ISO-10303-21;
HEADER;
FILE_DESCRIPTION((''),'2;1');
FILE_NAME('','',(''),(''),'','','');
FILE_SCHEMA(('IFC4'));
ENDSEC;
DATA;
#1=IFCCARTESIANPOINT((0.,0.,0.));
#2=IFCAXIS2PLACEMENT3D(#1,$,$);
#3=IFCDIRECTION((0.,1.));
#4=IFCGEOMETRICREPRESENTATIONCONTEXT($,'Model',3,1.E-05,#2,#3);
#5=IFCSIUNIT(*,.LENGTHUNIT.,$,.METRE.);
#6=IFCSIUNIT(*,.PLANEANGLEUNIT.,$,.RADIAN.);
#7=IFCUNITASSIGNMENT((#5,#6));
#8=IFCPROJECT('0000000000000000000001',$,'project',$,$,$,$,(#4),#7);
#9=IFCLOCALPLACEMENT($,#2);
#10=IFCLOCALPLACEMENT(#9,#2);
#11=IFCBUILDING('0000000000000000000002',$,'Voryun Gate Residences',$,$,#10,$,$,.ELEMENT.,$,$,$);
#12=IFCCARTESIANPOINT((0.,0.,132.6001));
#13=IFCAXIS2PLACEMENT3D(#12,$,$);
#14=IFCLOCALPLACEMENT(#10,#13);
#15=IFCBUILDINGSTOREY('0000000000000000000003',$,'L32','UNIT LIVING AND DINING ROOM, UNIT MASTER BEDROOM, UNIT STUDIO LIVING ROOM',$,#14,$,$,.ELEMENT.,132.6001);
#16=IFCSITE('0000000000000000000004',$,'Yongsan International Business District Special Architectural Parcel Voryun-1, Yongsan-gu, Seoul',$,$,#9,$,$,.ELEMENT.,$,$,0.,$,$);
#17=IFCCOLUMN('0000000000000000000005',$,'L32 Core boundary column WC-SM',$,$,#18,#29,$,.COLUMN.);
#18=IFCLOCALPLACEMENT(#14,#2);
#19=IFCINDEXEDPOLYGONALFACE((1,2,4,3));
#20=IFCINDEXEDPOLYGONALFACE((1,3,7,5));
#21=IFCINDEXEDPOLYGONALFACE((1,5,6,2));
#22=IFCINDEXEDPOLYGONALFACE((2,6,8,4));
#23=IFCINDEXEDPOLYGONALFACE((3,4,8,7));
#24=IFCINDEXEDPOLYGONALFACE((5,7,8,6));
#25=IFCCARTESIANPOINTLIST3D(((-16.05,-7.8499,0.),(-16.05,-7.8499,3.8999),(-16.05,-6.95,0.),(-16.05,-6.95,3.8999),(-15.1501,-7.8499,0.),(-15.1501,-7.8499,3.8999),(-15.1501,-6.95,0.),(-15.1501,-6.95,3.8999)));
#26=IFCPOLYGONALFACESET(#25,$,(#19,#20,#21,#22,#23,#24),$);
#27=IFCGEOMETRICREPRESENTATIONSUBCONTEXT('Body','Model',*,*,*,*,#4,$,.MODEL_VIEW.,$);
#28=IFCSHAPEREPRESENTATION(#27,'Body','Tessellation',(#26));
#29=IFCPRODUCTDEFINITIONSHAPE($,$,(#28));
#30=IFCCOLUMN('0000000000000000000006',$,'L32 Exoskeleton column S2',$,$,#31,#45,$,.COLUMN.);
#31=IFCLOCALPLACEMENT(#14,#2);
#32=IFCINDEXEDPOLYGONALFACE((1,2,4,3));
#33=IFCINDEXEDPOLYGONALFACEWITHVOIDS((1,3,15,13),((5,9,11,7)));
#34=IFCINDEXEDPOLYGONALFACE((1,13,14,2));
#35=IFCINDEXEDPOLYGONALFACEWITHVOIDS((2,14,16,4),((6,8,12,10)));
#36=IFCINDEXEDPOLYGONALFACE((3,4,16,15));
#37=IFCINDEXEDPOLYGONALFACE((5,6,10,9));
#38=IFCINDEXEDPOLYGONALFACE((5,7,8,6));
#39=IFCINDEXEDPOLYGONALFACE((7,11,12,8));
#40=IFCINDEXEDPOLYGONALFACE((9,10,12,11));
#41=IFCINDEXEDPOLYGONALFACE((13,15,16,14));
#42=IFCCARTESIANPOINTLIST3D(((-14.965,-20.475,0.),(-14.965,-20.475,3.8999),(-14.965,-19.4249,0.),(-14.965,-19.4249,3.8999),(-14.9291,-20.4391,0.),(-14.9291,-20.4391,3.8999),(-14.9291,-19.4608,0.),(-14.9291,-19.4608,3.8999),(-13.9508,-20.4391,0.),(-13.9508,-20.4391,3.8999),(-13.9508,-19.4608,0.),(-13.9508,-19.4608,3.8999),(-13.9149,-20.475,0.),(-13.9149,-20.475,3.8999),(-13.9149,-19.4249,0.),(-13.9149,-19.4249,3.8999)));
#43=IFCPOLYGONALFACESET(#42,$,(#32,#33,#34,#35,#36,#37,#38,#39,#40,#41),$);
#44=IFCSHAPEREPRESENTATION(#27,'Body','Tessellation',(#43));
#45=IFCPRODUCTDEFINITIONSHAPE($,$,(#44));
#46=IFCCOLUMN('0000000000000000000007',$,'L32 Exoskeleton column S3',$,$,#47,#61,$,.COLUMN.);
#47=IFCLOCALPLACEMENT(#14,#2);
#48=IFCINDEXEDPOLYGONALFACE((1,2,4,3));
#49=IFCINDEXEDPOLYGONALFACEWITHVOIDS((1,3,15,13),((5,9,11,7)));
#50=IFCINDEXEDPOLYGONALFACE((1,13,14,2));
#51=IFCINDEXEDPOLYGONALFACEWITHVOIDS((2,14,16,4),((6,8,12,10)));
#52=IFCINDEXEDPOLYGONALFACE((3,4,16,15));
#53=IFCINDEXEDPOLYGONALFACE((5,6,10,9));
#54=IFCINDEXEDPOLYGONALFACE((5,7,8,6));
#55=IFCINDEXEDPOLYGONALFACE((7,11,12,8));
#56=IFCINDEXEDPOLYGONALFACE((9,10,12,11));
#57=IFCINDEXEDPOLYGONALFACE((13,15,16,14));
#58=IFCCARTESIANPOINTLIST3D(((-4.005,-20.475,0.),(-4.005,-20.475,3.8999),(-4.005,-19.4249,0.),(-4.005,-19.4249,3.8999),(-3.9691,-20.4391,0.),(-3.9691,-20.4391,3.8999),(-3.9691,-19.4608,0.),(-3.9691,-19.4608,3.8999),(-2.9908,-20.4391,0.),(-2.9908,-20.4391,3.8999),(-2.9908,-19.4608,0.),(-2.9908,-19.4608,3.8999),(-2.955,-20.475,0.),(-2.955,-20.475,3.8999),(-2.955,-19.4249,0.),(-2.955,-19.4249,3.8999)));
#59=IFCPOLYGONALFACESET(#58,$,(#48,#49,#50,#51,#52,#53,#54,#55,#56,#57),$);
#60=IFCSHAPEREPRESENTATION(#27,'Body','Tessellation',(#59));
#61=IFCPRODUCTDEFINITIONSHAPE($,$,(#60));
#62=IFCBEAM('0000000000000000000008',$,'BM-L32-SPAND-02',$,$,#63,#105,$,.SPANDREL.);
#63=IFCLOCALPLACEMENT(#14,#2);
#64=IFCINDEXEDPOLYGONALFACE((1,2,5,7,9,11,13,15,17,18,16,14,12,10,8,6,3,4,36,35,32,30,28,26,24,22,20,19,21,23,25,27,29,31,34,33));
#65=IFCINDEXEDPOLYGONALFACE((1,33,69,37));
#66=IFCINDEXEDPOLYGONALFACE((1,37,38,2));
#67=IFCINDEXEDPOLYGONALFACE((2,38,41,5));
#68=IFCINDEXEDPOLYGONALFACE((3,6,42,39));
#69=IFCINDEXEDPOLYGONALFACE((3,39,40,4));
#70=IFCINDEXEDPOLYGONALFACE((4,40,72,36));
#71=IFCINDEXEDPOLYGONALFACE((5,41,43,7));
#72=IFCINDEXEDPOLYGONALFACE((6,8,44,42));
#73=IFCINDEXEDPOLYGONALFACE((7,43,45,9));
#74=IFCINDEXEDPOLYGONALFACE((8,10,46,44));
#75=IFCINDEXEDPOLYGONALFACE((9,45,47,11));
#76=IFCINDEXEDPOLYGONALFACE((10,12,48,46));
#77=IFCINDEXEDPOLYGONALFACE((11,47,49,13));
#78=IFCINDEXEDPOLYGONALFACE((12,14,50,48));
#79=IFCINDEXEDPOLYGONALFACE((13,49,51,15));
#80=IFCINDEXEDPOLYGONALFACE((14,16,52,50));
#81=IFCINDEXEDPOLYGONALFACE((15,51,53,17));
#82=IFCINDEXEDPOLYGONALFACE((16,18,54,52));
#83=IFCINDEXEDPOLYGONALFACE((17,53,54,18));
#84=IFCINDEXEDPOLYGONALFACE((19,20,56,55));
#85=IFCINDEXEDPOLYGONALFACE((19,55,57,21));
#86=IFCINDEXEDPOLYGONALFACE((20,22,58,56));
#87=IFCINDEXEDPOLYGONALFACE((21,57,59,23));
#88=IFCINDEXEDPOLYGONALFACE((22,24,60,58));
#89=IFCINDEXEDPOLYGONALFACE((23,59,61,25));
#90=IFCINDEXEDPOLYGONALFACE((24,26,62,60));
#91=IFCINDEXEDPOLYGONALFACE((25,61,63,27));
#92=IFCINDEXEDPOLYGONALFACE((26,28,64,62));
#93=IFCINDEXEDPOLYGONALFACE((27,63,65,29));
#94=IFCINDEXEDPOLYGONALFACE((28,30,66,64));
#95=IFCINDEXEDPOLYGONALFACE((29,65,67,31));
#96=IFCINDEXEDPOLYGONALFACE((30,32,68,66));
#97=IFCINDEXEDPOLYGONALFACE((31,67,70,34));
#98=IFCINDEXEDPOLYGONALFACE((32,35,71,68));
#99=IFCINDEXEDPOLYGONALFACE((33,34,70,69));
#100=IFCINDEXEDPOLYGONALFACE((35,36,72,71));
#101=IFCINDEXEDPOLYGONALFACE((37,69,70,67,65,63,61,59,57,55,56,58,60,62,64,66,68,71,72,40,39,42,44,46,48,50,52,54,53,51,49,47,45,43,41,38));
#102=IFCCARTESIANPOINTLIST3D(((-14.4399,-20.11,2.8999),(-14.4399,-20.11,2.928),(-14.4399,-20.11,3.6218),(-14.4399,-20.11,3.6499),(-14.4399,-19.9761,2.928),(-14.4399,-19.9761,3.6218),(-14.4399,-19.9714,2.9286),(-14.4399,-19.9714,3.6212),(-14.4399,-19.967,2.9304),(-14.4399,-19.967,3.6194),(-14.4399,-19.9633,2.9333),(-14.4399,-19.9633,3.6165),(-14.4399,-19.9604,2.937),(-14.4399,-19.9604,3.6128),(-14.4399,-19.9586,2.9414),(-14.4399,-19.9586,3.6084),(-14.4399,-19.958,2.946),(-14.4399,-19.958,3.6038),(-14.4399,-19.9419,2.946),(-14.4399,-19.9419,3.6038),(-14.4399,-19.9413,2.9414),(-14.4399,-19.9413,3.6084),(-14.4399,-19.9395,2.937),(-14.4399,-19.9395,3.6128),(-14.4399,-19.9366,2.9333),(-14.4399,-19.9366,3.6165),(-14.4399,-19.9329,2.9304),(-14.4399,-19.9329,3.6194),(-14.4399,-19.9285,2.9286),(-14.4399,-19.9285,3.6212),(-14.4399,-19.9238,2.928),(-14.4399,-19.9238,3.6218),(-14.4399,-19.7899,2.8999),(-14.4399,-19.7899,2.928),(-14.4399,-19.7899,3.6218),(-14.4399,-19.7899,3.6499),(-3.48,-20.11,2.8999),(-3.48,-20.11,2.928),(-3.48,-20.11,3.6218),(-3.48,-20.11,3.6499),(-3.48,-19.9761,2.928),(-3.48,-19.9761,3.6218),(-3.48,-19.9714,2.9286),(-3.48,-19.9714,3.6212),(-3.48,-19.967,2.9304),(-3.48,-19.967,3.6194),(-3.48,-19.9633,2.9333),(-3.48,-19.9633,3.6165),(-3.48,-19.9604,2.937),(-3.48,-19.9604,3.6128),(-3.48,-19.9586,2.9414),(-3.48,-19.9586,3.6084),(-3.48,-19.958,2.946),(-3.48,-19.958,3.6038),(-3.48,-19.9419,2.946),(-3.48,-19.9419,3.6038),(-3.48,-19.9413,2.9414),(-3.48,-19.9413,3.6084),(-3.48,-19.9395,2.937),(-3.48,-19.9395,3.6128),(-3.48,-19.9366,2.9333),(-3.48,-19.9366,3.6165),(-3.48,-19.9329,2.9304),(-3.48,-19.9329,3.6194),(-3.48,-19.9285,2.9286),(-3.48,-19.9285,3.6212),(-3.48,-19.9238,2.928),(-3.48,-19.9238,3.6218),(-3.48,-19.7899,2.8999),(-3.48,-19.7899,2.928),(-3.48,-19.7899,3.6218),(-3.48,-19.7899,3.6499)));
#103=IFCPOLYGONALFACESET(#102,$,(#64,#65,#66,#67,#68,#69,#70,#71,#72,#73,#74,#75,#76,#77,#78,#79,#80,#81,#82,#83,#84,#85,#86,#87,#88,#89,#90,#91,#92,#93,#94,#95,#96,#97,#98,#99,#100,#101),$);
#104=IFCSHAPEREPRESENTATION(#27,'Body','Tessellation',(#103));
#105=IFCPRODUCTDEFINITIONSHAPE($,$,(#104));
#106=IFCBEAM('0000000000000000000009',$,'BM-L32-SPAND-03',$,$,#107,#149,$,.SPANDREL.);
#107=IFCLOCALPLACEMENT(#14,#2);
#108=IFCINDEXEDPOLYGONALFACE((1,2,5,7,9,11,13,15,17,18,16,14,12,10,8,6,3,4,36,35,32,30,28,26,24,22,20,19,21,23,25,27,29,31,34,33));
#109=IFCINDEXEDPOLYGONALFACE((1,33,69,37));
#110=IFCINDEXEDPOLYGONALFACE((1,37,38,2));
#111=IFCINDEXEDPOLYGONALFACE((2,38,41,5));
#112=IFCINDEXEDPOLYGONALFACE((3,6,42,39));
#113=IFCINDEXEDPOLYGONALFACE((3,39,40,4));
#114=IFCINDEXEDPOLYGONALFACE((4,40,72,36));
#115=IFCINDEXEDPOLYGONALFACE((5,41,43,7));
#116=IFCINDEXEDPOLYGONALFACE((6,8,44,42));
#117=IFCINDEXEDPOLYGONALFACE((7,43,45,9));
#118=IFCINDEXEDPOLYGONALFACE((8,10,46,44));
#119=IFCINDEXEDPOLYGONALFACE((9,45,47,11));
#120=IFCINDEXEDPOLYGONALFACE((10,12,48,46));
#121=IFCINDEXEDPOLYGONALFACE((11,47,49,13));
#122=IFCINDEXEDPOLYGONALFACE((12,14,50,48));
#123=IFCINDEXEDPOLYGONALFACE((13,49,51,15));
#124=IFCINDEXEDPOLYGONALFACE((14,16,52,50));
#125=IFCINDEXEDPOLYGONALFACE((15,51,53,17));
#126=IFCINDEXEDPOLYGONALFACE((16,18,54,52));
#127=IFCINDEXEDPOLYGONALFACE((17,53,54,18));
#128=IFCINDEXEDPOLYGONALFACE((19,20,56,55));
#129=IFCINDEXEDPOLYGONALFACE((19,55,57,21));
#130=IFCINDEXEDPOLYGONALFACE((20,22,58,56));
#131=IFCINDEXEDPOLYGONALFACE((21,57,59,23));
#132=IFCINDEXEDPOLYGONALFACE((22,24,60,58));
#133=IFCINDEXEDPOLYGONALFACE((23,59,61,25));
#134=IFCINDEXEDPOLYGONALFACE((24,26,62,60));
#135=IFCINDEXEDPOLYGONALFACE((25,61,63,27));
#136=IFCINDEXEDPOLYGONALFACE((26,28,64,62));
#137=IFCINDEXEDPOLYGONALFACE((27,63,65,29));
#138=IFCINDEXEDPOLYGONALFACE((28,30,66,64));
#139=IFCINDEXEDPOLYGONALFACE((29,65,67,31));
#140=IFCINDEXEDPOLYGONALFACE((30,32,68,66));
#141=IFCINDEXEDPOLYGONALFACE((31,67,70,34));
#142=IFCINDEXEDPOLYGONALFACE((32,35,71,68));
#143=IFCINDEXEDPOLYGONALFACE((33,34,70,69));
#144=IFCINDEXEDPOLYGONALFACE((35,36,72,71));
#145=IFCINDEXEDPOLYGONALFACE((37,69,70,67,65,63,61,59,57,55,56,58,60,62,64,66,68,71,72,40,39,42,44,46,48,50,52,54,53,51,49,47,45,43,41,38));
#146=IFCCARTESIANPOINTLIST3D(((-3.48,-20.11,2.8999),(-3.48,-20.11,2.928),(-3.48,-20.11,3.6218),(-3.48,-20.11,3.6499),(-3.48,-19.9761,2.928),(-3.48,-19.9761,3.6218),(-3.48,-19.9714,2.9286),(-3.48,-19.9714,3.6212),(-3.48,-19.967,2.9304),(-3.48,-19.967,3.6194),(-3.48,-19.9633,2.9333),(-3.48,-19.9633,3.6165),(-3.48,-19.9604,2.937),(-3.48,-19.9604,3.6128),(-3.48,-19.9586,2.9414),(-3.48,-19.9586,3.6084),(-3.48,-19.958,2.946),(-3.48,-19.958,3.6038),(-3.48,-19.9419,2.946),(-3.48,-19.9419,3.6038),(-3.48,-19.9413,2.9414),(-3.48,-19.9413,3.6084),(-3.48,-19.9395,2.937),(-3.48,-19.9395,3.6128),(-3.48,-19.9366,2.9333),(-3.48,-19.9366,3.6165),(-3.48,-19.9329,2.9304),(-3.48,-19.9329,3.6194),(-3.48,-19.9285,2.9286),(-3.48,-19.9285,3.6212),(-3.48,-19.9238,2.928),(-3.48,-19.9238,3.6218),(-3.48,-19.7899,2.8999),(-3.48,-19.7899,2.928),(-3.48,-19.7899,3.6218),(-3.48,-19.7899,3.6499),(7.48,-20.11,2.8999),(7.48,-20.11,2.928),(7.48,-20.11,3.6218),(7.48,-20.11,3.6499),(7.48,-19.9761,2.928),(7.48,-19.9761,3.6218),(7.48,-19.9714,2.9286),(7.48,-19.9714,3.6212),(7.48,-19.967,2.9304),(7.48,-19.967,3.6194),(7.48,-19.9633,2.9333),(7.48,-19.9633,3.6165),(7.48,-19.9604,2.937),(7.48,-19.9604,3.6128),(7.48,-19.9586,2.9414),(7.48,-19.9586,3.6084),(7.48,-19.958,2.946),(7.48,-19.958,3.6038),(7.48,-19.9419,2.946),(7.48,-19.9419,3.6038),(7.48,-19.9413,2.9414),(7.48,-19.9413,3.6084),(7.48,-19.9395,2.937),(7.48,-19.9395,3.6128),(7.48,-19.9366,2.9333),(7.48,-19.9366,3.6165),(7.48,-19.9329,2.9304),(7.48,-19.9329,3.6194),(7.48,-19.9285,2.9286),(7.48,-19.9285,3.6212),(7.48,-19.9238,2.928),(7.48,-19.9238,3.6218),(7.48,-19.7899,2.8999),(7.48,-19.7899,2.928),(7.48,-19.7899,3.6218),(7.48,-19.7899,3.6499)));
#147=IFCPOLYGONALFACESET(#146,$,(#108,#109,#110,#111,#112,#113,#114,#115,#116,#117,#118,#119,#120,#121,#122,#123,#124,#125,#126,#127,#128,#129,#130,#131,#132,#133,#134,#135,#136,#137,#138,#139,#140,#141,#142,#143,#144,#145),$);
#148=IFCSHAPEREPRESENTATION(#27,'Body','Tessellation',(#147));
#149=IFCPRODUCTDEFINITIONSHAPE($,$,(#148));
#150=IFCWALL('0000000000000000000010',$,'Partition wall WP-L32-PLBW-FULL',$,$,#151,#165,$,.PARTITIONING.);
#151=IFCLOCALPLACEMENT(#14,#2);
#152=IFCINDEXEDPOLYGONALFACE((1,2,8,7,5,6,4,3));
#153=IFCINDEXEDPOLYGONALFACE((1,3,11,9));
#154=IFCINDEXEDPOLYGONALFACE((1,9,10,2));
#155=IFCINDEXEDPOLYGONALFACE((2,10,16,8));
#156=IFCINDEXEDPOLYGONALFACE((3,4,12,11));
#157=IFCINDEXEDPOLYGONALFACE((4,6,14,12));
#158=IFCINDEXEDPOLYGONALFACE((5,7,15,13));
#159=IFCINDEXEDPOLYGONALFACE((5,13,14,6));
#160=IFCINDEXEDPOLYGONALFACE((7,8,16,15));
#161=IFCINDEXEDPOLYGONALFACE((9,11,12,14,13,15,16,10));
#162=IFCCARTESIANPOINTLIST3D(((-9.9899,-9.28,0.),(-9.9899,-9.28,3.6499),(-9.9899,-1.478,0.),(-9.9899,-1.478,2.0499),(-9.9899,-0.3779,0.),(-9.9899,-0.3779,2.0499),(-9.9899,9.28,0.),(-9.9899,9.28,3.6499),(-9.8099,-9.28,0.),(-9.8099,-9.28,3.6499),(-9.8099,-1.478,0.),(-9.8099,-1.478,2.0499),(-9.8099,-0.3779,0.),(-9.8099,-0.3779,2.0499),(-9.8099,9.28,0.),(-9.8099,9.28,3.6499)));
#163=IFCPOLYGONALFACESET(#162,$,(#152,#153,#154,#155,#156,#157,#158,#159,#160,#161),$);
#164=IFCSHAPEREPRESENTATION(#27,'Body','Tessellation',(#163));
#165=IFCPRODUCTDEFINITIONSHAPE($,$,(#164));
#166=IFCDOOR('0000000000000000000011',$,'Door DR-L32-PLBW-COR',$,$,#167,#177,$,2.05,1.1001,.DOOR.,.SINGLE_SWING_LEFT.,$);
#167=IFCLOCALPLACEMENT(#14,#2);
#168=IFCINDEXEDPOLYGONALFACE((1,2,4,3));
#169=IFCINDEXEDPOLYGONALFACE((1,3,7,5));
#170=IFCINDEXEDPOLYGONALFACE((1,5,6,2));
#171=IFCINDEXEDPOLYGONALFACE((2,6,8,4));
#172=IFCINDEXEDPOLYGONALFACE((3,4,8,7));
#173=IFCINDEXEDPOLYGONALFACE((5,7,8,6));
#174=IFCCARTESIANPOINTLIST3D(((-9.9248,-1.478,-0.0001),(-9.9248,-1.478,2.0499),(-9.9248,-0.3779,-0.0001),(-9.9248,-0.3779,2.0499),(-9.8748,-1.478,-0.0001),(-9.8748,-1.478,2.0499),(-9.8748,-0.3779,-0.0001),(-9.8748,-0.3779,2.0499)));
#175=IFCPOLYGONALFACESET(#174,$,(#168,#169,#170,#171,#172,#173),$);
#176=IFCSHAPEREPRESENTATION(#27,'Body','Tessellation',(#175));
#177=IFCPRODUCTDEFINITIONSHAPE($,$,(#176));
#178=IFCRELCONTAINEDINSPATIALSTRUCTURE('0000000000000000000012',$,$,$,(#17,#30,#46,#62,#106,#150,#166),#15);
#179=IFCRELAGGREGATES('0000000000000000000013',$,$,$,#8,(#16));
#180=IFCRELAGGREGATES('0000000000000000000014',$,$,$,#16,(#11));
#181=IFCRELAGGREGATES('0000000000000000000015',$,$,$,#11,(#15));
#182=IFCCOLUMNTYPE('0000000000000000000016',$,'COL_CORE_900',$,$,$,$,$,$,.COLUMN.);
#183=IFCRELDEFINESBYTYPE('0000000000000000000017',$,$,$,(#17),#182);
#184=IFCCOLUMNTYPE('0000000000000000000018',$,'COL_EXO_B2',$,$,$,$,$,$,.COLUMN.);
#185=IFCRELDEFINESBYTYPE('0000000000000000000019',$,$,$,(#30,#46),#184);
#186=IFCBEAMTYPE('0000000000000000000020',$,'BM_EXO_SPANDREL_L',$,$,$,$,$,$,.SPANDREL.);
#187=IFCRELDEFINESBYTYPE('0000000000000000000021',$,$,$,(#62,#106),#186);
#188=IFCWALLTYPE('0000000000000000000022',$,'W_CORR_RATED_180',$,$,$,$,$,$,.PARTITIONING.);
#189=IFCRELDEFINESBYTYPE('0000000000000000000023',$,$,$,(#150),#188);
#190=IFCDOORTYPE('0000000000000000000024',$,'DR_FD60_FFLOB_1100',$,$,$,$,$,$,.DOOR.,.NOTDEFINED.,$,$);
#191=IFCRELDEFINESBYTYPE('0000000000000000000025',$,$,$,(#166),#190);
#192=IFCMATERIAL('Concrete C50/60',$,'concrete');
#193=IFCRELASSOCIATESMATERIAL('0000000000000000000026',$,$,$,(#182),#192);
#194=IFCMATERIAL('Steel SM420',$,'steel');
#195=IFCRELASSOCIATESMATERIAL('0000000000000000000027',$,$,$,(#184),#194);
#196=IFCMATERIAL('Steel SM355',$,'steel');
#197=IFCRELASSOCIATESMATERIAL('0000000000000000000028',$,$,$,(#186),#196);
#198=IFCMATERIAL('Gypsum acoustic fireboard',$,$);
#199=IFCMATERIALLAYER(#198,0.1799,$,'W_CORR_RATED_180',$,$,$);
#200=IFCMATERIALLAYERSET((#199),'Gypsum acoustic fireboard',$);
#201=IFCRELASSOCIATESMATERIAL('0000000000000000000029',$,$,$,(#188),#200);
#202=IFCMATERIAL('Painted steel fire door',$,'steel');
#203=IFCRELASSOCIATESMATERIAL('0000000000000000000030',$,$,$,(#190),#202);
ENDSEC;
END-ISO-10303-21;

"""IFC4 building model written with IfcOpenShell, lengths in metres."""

from ifc_helpers import new_model, si_unit, direction, frame, frame_2d, origin, origin_2d, place, context, subcontext, project, spatial, rectangle, hollow_rectangle, i_section, extrude, material, layer, layer_set, material_profile, profile_set, type_object, element, fill, save


model = new_model("IFC4")

# Units and contexts
model_context = context("Model", 3, precision=1e-05, world=origin(), true_north=direction((0.0, 1.0)))
body_context = subcontext(model_context, "Body", "Model", "MODEL_VIEW")
ifc_project = project(units=[si_unit("LENGTHUNIT", "METRE"), si_unit("PLANEANGLEUNIT", "RADIAN")], contexts=[model_context])

# Site, building, storey
site_placement = place(None, origin())
site = spatial("IfcSite", under=ifc_project, at=site_placement, Name="Yongsan International Business District Special Architectural Parcel Voryun-1, Yongsan-gu, Seoul", CompositionType="ELEMENT", RefElevation=0.0)
building_placement = place(site_placement, origin())
building = spatial("IfcBuilding", under=site, at=building_placement, Name="Voryun Gate Residences", CompositionType="ELEMENT")
storey_placement = place(building_placement, frame((0.0, 0.0, 132.6001)))
storey = spatial("IfcBuildingStorey", under=building, at=storey_placement, Name="L32", Description="UNIT LIVING AND DINING ROOM, UNIT MASTER BEDROOM, UNIT STUDIO LIVING ROOM", CompositionType="ELEMENT", Elevation=132.6001)

# Columns
ifc_material_1 = material(Name="Concrete C50/60", Category="concrete")
ifc_material_profile_1 = material_profile(ifc_material_1, rectangle(XDim=0.8999, YDim=0.8999, at=origin_2d()), Name="RC-900x900")
ifc_profile_set_1 = profile_set([ifc_material_profile_1], Name="Concrete C50/60")
column_type_1 = type_object("IfcColumnType", Name="COL_CORE_900", PredefinedType="COLUMN", material=ifc_profile_set_1)
column_placement = place(storey_placement, frame((-15.6001, -7.3999, 0.0), z_axis=(0.0, 0.0, 1.0), x_axis=(1.0, 0.0, 0.0)))
element("IfcColumn", 1, at=column_placement, inside=storey, type_object=column_type_1, Name="L32 Core boundary column WC-SM", PredefinedType="COLUMN", context=body_context, shape_type="SweptSolid", body=[
    extrude(rectangle(XDim=0.8999, YDim=0.8999, at=origin_2d()), origin(), (0.0, 0.0, 1.0), 3.8999),
])
ifc_material_2 = material(Name="Steel SM420", Category="steel")
ifc_material_profile_2 = material_profile(ifc_material_2, hollow_rectangle(XDim=1.05, YDim=1.05, WallThickness=0.0359, at=origin_2d()), Name="BOX-1050x1050x36")
ifc_profile_set_2 = profile_set([ifc_material_profile_2], Name="Steel SM420")
column_type_2 = type_object("IfcColumnType", Name="COL_EXO_B2", PredefinedType="COLUMN", material=ifc_profile_set_2)
for number, where, z_axis, x_axis, name in (
    (2, (-14.4399, -19.95, 0.0), (0.0, 0.0, 1.0), (1.0, 0.0, 0.0), "L32 Exoskeleton column S2"),
    (3, (-3.48, -19.95, 0.0), (0.0, 0.0, 1.0), (1.0, 0.0, 0.0), "L32 Exoskeleton column S3"),
):
    element("IfcColumn", number, at=place(storey_placement, frame(where, z_axis=z_axis, x_axis=x_axis)), inside=storey, type_object=column_type_2, Name=name, PredefinedType="COLUMN", context=body_context, shape_type="SweptSolid", body=[
        extrude(hollow_rectangle(XDim=1.05, YDim=1.05, WallThickness=0.0359, at=origin_2d()), origin(), (0.0, 0.0, 1.0), 3.8999),
    ])

# Beams
ifc_material_3 = material(Name="Steel SM355", Category="steel")
ifc_material_profile_3 = material_profile(ifc_material_3, i_section(OverallWidth=0.3201, OverallDepth=0.75, WebThickness=0.0161, FlangeThickness=0.0281, FilletRadius=0.0181, at=origin_2d()), Name="H-750x320x16x28")
ifc_profile_set_3 = profile_set([ifc_material_profile_3], Name="Steel SM355")
beam_type = type_object("IfcBeamType", Name="BM_EXO_SPANDREL_L", PredefinedType="SPANDREL", material=ifc_profile_set_3)
for number, where, z_axis, x_axis, name in (
    (4, (-14.4399, -19.95, 3.2749), (1.0, 0.0, 0.0), (0.0, 1.0, 0.0), "BM-L32-SPAND-02"),
    (5, (-3.48, -19.95, 3.2749), (1.0, 0.0, 0.0), (0.0, 1.0, 0.0), "BM-L32-SPAND-03"),
):
    element("IfcBeam", number, at=place(storey_placement, frame(where, z_axis=z_axis, x_axis=x_axis)), inside=storey, type_object=beam_type, Name=name, PredefinedType="SPANDREL", context=body_context, shape_type="SweptSolid", body=[
        extrude(i_section(OverallWidth=0.3201, OverallDepth=0.75, WebThickness=0.0161, FlangeThickness=0.0281, FilletRadius=0.0181, at=origin_2d()), origin(), (0.0, 0.0, 1.0), 10.96),
    ])

# Wall, opening, door
ifc_material_4 = material(Name="Gypsum acoustic fireboard")
ifc_layer_1 = layer(ifc_material_4, 0.1799, Name="W_CORR_RATED_180")
ifc_layer_set_1 = layer_set([ifc_layer_1], Name="Gypsum acoustic fireboard")
wall_type_1 = type_object("IfcWallType", Name="W_CORR_RATED_180", PredefinedType="PARTITIONING", material=ifc_layer_set_1)
wall_1_placement = place(storey_placement, frame((-9.8999, -9.28, 0.0), z_axis=(0.0, 0.0, 1.0), x_axis=(0.0, 1.0, 0.0)))
wall_1 = element("IfcWall", 6, at=wall_1_placement, inside=storey, type_object=wall_type_1, Name="Partition wall WP-L32-PLBW-FULL", PredefinedType="PARTITIONING", context=body_context, shape_type="SweptSolid", body=[
    extrude(rectangle(XDim=18.5601, YDim=0.1799, at=frame_2d((9.28, 0.0))), origin(), (0.0, 0.0, 1.0), 3.6499),
])
opening_1_placement = place(wall_1_placement, frame((7.802, 0.0, 0.0)))
opening_1 = element("IfcOpeningElement", 7, at=opening_1_placement, cuts=wall_1, PredefinedType="OPENING", context=body_context, shape_type="SweptSolid", body=[
    extrude(rectangle(XDim=1.1001, YDim=2.05, at=frame_2d((0.55, 1.0249))), frame((0.0, 0.0999, 0.0), z_axis=(0.0, -1.0, 0.0), x_axis=(1.0, 0.0, 0.0)), (0.0, 0.0, 1.0), 0.2),
])
ifc_material_5 = material(Name="Painted steel fire door", Category="steel")
door_type_1 = type_object("IfcDoorType", Name="DR_FD60_FFLOB_1100", OperationType="NOTDEFINED", PredefinedType="DOOR", material=ifc_material_5)
door_1_placement = place(opening_1_placement, origin())
door_1 = element("IfcDoor", 8, at=door_1_placement, inside=storey, type_object=door_type_1, Name="Door DR-L32-PLBW-COR", OperationType="SINGLE_SWING_LEFT", OverallHeight=2.05, OverallWidth=1.1001, PredefinedType="DOOR", context=body_context, shape_type="SweptSolid", body=[
    extrude(rectangle(XDim=1.1001, YDim=2.05, at=frame_2d((0.55, 1.0249))), frame((0.0, 0.0249, 0.0), z_axis=(0.0, -1.0, 0.0), x_axis=(1.0, 0.0, 0.0)), (0.0, 0.0, 1.0), 0.05),
])
fill(opening_1, door_1)

save(model, "model.ifc")
